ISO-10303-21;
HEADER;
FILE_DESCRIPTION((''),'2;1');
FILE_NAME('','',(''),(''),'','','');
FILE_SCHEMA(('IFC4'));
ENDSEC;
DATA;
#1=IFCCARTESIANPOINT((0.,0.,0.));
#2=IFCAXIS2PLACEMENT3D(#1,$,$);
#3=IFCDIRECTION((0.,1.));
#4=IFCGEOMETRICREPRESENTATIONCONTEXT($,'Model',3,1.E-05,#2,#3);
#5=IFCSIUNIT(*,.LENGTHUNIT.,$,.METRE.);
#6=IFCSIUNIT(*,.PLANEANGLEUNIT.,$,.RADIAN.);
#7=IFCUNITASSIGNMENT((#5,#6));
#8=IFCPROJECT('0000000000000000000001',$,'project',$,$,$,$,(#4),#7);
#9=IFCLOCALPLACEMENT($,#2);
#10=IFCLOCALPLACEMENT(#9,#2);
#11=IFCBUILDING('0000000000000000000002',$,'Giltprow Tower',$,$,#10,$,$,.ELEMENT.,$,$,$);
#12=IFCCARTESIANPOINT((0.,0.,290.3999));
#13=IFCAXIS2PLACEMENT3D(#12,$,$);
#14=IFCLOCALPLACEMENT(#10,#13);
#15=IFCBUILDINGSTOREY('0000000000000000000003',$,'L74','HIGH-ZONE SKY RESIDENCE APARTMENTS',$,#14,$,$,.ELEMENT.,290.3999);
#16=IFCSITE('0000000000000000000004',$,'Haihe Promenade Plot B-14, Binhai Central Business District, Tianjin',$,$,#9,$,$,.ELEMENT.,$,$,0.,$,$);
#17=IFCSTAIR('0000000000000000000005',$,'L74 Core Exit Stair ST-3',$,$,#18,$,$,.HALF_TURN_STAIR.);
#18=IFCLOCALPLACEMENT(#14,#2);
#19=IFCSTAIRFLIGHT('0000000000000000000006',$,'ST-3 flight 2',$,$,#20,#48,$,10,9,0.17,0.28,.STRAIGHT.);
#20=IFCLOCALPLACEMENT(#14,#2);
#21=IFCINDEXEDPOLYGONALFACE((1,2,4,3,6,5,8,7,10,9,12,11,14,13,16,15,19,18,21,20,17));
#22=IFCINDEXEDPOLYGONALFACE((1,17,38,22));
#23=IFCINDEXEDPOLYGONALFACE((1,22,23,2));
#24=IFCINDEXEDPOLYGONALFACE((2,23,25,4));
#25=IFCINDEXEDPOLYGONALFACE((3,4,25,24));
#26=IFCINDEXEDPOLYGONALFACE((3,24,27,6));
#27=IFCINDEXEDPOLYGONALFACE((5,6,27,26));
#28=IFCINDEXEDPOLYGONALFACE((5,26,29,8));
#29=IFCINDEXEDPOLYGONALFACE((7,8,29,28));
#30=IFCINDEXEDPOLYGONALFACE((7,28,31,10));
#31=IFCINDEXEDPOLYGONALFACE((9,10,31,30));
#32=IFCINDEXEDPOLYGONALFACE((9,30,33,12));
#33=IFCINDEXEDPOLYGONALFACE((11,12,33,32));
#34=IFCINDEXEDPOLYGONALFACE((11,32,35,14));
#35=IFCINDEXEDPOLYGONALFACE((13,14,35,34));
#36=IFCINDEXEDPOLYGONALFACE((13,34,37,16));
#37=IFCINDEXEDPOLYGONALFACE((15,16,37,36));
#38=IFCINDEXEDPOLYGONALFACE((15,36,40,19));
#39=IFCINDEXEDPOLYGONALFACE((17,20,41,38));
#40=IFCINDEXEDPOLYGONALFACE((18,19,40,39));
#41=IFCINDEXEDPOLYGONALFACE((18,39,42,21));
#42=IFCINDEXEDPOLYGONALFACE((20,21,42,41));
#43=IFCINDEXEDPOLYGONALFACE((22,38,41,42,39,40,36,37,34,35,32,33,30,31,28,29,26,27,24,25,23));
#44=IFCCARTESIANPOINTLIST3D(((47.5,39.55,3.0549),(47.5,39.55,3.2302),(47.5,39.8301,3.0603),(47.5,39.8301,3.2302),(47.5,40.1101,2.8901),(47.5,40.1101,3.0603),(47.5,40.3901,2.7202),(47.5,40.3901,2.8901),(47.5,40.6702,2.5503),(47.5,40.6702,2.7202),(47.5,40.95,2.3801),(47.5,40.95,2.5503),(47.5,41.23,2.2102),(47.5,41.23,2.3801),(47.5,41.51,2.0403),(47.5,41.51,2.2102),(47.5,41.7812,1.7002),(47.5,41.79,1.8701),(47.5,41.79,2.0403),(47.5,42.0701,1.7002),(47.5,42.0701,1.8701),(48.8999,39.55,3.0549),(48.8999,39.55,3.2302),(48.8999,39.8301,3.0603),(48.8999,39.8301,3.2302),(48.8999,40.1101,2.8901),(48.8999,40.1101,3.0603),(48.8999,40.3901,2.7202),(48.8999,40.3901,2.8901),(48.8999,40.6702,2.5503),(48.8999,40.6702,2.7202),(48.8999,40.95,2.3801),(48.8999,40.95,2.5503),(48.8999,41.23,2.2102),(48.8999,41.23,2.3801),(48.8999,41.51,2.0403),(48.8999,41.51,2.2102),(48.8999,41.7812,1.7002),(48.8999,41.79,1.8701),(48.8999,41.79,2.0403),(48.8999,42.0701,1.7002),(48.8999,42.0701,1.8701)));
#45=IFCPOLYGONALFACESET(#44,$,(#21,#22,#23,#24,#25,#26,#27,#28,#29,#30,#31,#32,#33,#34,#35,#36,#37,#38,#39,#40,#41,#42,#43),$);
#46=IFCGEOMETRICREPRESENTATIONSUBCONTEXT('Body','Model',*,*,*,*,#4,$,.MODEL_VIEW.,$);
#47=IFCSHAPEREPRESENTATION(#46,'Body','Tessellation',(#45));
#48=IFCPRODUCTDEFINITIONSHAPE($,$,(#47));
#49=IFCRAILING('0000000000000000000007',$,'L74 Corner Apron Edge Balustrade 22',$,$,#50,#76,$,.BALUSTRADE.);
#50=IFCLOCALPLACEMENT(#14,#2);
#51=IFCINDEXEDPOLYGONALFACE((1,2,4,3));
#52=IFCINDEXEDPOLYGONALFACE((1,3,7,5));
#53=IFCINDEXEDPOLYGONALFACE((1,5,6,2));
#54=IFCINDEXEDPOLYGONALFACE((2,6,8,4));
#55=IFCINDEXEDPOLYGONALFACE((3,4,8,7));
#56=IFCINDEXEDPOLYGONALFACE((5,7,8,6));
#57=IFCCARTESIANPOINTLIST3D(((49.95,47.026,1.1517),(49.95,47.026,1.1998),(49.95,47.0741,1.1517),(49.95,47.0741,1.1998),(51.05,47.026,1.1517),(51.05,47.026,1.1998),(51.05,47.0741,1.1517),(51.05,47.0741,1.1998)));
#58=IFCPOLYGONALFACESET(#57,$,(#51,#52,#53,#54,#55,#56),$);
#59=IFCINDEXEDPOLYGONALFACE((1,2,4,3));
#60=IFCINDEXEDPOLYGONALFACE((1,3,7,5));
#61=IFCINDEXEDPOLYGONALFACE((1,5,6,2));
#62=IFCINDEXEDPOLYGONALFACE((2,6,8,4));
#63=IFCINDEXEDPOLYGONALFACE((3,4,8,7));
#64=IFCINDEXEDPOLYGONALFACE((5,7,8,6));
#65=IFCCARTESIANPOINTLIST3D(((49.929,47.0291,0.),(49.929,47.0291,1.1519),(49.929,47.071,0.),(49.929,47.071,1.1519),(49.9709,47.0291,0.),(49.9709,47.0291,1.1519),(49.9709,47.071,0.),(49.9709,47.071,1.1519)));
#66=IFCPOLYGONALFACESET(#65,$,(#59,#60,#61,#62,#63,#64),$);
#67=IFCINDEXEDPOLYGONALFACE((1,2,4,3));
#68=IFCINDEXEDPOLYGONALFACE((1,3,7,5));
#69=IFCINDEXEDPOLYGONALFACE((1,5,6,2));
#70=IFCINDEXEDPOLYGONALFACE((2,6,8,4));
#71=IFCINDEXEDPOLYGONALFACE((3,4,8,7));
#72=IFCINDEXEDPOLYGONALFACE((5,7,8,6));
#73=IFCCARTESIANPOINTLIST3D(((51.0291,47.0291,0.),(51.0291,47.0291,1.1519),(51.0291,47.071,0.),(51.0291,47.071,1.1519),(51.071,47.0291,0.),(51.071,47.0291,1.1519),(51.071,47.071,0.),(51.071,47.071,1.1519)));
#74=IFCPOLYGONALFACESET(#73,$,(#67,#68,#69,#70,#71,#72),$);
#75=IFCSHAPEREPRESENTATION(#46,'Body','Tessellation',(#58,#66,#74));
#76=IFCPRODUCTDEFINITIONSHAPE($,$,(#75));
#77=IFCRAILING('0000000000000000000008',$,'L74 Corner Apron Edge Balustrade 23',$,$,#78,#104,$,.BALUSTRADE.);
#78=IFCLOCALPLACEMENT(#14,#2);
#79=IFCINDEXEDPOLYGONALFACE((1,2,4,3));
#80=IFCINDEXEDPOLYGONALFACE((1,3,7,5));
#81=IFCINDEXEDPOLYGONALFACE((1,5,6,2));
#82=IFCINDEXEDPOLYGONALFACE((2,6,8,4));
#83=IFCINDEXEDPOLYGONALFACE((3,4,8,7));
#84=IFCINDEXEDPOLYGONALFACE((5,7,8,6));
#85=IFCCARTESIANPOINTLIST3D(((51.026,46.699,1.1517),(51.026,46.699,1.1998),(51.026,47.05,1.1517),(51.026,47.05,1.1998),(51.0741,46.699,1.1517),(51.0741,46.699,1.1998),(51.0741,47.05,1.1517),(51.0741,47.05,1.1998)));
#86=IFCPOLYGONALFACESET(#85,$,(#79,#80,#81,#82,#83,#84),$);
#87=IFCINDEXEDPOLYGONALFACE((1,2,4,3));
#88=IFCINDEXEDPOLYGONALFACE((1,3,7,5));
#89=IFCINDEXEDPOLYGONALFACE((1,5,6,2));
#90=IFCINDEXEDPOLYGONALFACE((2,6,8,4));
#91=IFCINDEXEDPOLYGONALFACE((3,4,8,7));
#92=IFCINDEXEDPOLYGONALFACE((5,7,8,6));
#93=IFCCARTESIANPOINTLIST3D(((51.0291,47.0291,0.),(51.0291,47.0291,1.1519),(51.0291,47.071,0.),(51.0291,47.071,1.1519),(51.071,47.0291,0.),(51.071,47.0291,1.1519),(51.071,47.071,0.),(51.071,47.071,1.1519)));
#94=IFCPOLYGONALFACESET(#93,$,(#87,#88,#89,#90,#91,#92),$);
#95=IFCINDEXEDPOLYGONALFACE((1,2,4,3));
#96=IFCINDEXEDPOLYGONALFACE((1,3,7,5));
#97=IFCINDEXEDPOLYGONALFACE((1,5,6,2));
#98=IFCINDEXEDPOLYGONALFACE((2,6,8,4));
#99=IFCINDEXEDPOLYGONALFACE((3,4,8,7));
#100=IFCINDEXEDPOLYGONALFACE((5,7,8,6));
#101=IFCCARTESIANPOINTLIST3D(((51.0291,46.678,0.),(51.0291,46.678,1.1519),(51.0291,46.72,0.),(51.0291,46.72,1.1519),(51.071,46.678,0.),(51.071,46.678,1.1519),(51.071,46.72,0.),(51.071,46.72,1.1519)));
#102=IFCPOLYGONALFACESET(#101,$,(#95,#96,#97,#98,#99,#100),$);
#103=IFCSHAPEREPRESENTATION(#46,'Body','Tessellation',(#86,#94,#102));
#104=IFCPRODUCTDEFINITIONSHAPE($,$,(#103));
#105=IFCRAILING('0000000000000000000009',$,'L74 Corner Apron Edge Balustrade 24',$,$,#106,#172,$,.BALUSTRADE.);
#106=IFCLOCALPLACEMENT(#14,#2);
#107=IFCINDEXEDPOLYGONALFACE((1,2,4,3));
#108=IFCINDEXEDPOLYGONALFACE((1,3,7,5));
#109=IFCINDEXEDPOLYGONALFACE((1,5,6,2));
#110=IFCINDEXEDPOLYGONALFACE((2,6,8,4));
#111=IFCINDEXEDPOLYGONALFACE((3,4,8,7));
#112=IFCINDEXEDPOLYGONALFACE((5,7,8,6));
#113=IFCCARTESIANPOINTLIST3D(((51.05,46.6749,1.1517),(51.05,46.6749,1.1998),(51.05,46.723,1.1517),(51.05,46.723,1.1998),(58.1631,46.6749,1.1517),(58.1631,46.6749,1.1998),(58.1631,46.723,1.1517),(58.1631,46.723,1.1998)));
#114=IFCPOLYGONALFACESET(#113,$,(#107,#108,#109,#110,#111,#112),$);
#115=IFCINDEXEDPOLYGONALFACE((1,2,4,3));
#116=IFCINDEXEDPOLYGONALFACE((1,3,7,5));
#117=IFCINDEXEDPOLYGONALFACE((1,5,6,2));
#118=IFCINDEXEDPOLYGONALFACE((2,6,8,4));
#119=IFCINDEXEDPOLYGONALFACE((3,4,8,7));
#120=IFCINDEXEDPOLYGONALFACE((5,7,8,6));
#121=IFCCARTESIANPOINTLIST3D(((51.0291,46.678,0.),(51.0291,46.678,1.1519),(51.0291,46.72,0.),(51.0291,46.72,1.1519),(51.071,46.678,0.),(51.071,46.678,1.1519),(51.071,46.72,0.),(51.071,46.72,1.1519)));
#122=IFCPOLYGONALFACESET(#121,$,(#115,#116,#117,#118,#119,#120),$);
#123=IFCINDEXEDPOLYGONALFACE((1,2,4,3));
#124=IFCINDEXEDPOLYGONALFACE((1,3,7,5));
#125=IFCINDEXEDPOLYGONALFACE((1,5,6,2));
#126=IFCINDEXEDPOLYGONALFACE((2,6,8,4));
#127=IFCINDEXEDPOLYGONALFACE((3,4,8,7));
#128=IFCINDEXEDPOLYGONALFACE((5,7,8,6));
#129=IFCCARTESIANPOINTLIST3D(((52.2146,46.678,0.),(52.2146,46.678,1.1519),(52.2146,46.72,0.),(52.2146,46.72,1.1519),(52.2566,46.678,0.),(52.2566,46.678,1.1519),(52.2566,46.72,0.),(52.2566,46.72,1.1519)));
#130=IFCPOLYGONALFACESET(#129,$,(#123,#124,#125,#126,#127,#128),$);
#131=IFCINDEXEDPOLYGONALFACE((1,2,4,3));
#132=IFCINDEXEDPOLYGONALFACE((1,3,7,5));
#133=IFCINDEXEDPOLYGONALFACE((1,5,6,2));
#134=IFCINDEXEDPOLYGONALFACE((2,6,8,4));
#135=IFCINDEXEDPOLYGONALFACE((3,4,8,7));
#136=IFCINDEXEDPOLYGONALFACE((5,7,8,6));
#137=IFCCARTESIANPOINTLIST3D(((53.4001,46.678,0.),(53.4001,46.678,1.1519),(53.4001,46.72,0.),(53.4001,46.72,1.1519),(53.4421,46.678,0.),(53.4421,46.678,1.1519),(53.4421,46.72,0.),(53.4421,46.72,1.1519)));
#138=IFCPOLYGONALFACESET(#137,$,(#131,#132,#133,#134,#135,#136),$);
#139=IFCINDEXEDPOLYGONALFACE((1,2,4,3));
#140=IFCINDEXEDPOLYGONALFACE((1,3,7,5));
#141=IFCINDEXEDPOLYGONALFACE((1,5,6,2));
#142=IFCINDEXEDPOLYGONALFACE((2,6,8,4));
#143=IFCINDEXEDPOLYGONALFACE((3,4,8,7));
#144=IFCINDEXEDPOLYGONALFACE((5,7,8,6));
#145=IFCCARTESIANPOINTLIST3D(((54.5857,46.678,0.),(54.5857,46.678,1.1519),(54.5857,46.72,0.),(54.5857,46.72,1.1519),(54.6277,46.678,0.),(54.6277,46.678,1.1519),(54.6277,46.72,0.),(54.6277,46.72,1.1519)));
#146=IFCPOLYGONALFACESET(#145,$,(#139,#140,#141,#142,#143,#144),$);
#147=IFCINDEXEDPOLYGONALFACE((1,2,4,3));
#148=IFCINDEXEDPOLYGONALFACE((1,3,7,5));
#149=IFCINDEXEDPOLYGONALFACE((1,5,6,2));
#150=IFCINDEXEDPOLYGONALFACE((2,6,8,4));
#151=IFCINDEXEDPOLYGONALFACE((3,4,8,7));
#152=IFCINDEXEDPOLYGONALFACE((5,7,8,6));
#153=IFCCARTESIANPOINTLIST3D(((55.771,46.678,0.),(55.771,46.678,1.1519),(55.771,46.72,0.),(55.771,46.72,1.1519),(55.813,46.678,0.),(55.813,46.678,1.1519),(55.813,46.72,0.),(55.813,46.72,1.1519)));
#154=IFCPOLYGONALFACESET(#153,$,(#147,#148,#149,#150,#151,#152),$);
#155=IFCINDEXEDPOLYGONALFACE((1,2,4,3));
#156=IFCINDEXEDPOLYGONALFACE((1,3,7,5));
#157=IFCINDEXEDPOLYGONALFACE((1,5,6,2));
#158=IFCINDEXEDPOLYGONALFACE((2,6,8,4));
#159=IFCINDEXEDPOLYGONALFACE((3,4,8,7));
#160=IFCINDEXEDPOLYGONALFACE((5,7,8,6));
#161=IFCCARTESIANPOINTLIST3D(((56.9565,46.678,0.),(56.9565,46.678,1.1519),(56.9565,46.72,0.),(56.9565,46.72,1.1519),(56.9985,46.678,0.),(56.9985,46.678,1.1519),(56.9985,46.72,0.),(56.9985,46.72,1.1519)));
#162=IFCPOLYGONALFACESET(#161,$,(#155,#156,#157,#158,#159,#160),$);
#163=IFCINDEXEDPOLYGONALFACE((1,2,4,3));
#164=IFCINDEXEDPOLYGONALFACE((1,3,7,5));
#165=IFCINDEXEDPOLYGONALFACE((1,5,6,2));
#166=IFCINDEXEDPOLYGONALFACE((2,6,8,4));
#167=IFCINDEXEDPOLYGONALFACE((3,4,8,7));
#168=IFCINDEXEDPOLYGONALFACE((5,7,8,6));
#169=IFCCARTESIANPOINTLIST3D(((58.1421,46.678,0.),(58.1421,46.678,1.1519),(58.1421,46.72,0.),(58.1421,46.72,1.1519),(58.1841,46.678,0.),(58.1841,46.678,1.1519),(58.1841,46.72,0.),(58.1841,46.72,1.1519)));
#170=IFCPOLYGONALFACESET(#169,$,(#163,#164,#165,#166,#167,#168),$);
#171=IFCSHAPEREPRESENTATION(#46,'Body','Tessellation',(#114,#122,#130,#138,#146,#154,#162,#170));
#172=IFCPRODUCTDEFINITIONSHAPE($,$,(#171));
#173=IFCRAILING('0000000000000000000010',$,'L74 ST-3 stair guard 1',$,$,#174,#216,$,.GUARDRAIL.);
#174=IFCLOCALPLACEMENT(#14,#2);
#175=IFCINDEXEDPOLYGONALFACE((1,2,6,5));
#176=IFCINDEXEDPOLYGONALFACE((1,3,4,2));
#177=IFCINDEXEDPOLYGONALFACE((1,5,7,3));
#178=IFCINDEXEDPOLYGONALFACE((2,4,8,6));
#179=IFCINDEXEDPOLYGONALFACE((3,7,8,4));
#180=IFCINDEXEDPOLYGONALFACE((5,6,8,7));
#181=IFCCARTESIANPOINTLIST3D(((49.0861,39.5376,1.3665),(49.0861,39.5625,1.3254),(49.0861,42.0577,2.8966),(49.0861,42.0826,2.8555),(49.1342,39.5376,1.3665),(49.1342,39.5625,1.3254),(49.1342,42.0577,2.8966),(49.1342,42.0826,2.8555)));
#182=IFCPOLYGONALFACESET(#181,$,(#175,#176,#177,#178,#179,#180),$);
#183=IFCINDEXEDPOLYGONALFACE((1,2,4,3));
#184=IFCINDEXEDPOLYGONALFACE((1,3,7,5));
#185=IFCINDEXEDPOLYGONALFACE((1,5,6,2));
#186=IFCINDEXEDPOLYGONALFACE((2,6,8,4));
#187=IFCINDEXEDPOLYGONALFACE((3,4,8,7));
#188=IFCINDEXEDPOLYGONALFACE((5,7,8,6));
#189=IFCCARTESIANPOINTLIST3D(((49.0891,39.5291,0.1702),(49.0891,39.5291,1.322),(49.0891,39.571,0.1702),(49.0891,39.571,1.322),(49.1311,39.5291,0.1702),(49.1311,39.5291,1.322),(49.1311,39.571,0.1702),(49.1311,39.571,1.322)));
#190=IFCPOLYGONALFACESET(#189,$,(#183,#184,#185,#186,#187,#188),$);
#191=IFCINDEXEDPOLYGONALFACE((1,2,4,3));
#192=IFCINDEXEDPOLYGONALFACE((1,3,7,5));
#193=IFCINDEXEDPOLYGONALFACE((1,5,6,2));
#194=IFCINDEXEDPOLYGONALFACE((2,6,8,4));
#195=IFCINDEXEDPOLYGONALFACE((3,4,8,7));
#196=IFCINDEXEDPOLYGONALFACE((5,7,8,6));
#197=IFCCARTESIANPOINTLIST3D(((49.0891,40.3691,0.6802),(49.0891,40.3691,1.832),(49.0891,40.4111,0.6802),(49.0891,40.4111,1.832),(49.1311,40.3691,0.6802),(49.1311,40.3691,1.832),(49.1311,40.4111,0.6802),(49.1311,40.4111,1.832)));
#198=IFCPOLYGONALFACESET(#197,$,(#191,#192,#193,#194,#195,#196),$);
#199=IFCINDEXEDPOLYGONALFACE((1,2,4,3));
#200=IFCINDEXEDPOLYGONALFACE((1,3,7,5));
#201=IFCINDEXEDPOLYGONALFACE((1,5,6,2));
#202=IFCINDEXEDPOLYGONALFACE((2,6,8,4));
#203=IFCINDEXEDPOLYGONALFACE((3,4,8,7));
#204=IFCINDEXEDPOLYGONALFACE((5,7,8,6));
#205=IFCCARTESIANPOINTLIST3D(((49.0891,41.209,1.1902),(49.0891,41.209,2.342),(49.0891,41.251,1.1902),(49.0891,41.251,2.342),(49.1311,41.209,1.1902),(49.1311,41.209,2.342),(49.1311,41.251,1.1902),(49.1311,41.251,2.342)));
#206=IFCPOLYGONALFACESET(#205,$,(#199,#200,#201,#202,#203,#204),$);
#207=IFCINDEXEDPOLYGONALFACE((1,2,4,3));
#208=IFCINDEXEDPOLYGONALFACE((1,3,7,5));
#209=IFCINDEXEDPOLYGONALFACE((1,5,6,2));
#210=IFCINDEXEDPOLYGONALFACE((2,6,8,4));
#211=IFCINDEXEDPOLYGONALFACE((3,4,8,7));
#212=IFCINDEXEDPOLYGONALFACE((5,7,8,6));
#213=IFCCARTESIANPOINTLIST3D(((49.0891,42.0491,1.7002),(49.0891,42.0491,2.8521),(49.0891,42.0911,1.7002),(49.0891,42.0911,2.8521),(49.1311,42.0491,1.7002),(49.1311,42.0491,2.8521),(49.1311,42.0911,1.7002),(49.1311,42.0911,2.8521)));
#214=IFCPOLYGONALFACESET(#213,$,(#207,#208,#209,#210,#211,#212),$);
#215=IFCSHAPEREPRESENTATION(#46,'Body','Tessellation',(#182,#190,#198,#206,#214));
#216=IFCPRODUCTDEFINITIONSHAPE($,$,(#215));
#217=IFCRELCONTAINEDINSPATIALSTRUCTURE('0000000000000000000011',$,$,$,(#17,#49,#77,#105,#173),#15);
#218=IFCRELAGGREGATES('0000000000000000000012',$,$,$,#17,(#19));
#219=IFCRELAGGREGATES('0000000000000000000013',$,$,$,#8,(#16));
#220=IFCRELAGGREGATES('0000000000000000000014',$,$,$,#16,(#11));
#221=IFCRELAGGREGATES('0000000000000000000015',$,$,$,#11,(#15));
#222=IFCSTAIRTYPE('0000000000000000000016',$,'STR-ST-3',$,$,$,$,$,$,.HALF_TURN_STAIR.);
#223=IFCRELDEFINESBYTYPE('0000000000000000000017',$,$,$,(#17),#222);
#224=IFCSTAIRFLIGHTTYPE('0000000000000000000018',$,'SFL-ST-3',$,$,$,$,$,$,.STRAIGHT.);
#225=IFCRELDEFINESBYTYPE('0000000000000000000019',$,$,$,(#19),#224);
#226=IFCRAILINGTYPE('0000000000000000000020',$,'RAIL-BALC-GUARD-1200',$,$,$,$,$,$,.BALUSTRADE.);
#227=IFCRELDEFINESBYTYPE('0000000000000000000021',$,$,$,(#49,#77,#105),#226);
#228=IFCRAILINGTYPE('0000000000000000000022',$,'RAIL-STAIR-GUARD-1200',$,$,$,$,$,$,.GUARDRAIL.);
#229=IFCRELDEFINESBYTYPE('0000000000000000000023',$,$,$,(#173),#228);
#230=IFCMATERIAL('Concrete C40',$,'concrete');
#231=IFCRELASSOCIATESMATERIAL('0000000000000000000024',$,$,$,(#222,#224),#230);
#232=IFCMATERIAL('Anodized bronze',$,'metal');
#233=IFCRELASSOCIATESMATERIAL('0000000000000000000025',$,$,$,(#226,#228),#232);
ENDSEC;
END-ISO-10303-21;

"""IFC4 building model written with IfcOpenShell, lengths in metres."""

from ifc_helpers import new_model, si_unit, direction, frame, origin, origin_2d, place, context, subcontext, project, spatial, polyline, rectangle, outline, extrude, material, type_object, element, aggregate, save


model = new_model("IFC4")

# Units and contexts
model_context = context("Model", 3, precision=1e-05, world=origin(), true_north=direction((0.0, 1.0)))
body_context = subcontext(model_context, "Body", "Model", "MODEL_VIEW")
ifc_project = project(units=[si_unit("LENGTHUNIT", "METRE"), si_unit("PLANEANGLEUNIT", "RADIAN")], contexts=[model_context])

# Site, building, storey
site_placement = place(None, origin())
site = spatial("IfcSite", under=ifc_project, at=site_placement, Name="Haihe Promenade Plot B-14, Binhai Central Business District, Tianjin", CompositionType="ELEMENT", RefElevation=0.0)
building_placement = place(site_placement, origin())
building = spatial("IfcBuilding", under=site, at=building_placement, Name="Giltprow Tower", CompositionType="ELEMENT")
storey_placement = place(building_placement, frame((0.0, 0.0, 290.3999)))
storey = spatial("IfcBuildingStorey", under=building, at=storey_placement, Name="L74", Description="HIGH-ZONE SKY RESIDENCE APARTMENTS", CompositionType="ELEMENT", Elevation=290.3999)

# Stair, stair flight
ifc_material_1 = material(Name="Concrete C40", Category="concrete")
stair_type = type_object("IfcStairType", Name="STR-ST-3", PredefinedType="HALF_TURN_STAIR", material=ifc_material_1)
stair_placement = place(storey_placement, origin())
stair = element("IfcStair", 1, at=stair_placement, inside=storey, type_object=stair_type, Name="L74 Core Exit Stair ST-3", PredefinedType="HALF_TURN_STAIR")
stair_flight_type = type_object("IfcStairFlightType", Name="SFL-ST-3", PredefinedType="STRAIGHT", material=ifc_material_1)
stair_flight_1_placement = place(storey_placement, frame((48.2, 42.0701, 1.7002), z_axis=(0.0, 0.0, 1.0), x_axis=(0.0, -1.0, 0.0)))
stair_flight_1 = element("IfcStairFlight", 2, at=stair_flight_1_placement, type_object=stair_flight_type, Name="ST-3 flight 2", NumberOfRisers=10, NumberOfTreads=9, PredefinedType="STRAIGHT", RiserHeight=0.17, TreadLength=0.28, context=body_context, shape_type="SweptSolid", body=[
    extrude(outline(polyline([(0.0, 0.0), (0.0, 0.1699), (0.28, 0.1699), (0.28, 0.3401), (0.5601, 0.3401), (0.5601, 0.51), (0.8401, 0.51), (0.8401, 0.6799), (1.1201, 0.6799), (1.1201, 0.8501), (1.3999, 0.8501), (1.3999, 1.02), (1.6799, 1.02), (1.6799, 1.1899), (1.96, 1.1899), (1.96, 1.3601), (2.24, 1.3601), (2.24, 1.53), (2.52, 1.53), (2.52, 1.7), (2.52, 1.3547), (0.2888, 0.0), (0.0, 0.0)])), frame((0.0, 0.7, 0.0), z_axis=(0.0, -1.0, 0.0), x_axis=(1.0, 0.0, 0.0)), (0.0, 0.0, 1.0), 1.3999),
])
aggregate(stair, [stair_flight_1])

# Railings
ifc_material_2 = material(Name="Anodized bronze", Category="metal")
railing_type_1 = type_object("IfcRailingType", Name="RAIL-BALC-GUARD-1200", PredefinedType="BALUSTRADE", material=ifc_material_2)
railing_1_placement = place(storey_placement, frame((49.95, 47.05, 0.0)))
element("IfcRailing", 3, at=railing_1_placement, inside=storey, type_object=railing_type_1, Name="L74 Corner Apron Edge Balustrade 22", PredefinedType="BALUSTRADE", context=body_context, shape_type="SweptSolid", body=[
    extrude(rectangle(XDim=0.0481, YDim=0.0481, at=origin_2d()), frame((0.0, 0.0, 1.1758), z_axis=(1.0, 0.0, 0.0), x_axis=(0.0, 1.0, 0.0)), (0.0, 0.0, 1.0), 1.1001),
    extrude(rectangle(XDim=0.042, YDim=0.042, at=origin_2d()), origin(), (0.0, 0.0, 1.0), 1.1519),
    extrude(rectangle(XDim=0.042, YDim=0.042, at=origin_2d()), frame((1.1001, 0.0, 0.0)), (0.0, 0.0, 1.0), 1.1519),
])
railing_2_placement = place(storey_placement, frame((51.05, 47.05, 0.0)))
element("IfcRailing", 4, at=railing_2_placement, inside=storey, type_object=railing_type_1, Name="L74 Corner Apron Edge Balustrade 23", PredefinedType="BALUSTRADE", context=body_context, shape_type="SweptSolid", body=[
    extrude(rectangle(XDim=0.0481, YDim=0.0481, at=origin_2d()), frame((0.0, 0.0, 1.1758), z_axis=(0.0, -1.0, 0.0), x_axis=(1.0, 0.0, 0.0)), (0.0, 0.0, 1.0), 0.3511),
    extrude(rectangle(XDim=0.042, YDim=0.042, at=origin_2d()), origin(), (0.0, 0.0, 1.0), 1.1519),
    extrude(rectangle(XDim=0.042, YDim=0.042, at=origin_2d()), frame((0.0, -0.3511, 0.0)), (0.0, 0.0, 1.0), 1.1519),
])
railing_3_placement = place(storey_placement, frame((51.05, 46.699, 0.0)))
element("IfcRailing", 5, at=railing_3_placement, inside=storey, type_object=railing_type_1, Name="L74 Corner Apron Edge Balustrade 24", PredefinedType="BALUSTRADE", context=body_context, shape_type="SweptSolid", body=[
    extrude(rectangle(XDim=0.0481, YDim=0.0481, at=origin_2d()), frame((0.0, 0.0, 1.1758), z_axis=(1.0, 0.0, 0.0), x_axis=(0.0, 1.0, 0.0)), (0.0, 0.0, 1.0), 7.113),
    extrude(rectangle(XDim=0.042, YDim=0.042, at=origin_2d()), origin(), (0.0, 0.0, 1.0), 1.1519),
    extrude(rectangle(XDim=0.042, YDim=0.042, at=origin_2d()), frame((1.1855, 0.0, 0.0)), (0.0, 0.0, 1.0), 1.1519),
    extrude(rectangle(XDim=0.042, YDim=0.042, at=origin_2d()), frame((2.3711, 0.0, 0.0)), (0.0, 0.0, 1.0), 1.1519),
    extrude(rectangle(XDim=0.042, YDim=0.042, at=origin_2d()), frame((3.5566, 0.0, 0.0)), (0.0, 0.0, 1.0), 1.1519),
    extrude(rectangle(XDim=0.042, YDim=0.042, at=origin_2d()), frame((4.7419, 0.0, 0.0)), (0.0, 0.0, 1.0), 1.1519),
    extrude(rectangle(XDim=0.042, YDim=0.042, at=origin_2d()), frame((5.9275, 0.0, 0.0)), (0.0, 0.0, 1.0), 1.1519),
    extrude(rectangle(XDim=0.042, YDim=0.042, at=origin_2d()), frame((7.113, 0.0, 0.0)), (0.0, 0.0, 1.0), 1.1519),
])
railing_type_2 = type_object("IfcRailingType", Name="RAIL-STAIR-GUARD-1200", PredefinedType="GUARDRAIL", material=ifc_material_2)
railing_4_placement = place(storey_placement, frame((49.1101, 39.55, 0.1702)))
element("IfcRailing", 6, at=railing_4_placement, inside=storey, type_object=railing_type_2, Name="L74 ST-3 stair guard 1", PredefinedType="GUARDRAIL", context=body_context, shape_type="SweptSolid", body=[
    extrude(rectangle(XDim=0.0481, YDim=0.0481, at=origin_2d()), frame((0.0, 0.0, 1.1758), z_axis=(0.0, 0.854785, 0.518982), x_axis=(-1.0, 0.0, 0.0)), (0.0, 0.0, 1.0), 2.9482),
    extrude(rectangle(XDim=0.042, YDim=0.042, at=origin_2d()), origin(), (0.0, 0.0, 1.0), 1.1519),
    extrude(rectangle(XDim=0.042, YDim=0.042, at=origin_2d()), frame((0.0, 0.8401, 0.51)), (0.0, 0.0, 1.0), 1.1519),
    extrude(rectangle(XDim=0.042, YDim=0.042, at=origin_2d()), frame((0.0, 1.6799, 1.02)), (0.0, 0.0, 1.0), 1.1519),
    extrude(rectangle(XDim=0.042, YDim=0.042, at=origin_2d()), frame((0.0, 2.52, 1.53)), (0.0, 0.0, 1.0), 1.1519),
])

save(model, "model.ifc")
